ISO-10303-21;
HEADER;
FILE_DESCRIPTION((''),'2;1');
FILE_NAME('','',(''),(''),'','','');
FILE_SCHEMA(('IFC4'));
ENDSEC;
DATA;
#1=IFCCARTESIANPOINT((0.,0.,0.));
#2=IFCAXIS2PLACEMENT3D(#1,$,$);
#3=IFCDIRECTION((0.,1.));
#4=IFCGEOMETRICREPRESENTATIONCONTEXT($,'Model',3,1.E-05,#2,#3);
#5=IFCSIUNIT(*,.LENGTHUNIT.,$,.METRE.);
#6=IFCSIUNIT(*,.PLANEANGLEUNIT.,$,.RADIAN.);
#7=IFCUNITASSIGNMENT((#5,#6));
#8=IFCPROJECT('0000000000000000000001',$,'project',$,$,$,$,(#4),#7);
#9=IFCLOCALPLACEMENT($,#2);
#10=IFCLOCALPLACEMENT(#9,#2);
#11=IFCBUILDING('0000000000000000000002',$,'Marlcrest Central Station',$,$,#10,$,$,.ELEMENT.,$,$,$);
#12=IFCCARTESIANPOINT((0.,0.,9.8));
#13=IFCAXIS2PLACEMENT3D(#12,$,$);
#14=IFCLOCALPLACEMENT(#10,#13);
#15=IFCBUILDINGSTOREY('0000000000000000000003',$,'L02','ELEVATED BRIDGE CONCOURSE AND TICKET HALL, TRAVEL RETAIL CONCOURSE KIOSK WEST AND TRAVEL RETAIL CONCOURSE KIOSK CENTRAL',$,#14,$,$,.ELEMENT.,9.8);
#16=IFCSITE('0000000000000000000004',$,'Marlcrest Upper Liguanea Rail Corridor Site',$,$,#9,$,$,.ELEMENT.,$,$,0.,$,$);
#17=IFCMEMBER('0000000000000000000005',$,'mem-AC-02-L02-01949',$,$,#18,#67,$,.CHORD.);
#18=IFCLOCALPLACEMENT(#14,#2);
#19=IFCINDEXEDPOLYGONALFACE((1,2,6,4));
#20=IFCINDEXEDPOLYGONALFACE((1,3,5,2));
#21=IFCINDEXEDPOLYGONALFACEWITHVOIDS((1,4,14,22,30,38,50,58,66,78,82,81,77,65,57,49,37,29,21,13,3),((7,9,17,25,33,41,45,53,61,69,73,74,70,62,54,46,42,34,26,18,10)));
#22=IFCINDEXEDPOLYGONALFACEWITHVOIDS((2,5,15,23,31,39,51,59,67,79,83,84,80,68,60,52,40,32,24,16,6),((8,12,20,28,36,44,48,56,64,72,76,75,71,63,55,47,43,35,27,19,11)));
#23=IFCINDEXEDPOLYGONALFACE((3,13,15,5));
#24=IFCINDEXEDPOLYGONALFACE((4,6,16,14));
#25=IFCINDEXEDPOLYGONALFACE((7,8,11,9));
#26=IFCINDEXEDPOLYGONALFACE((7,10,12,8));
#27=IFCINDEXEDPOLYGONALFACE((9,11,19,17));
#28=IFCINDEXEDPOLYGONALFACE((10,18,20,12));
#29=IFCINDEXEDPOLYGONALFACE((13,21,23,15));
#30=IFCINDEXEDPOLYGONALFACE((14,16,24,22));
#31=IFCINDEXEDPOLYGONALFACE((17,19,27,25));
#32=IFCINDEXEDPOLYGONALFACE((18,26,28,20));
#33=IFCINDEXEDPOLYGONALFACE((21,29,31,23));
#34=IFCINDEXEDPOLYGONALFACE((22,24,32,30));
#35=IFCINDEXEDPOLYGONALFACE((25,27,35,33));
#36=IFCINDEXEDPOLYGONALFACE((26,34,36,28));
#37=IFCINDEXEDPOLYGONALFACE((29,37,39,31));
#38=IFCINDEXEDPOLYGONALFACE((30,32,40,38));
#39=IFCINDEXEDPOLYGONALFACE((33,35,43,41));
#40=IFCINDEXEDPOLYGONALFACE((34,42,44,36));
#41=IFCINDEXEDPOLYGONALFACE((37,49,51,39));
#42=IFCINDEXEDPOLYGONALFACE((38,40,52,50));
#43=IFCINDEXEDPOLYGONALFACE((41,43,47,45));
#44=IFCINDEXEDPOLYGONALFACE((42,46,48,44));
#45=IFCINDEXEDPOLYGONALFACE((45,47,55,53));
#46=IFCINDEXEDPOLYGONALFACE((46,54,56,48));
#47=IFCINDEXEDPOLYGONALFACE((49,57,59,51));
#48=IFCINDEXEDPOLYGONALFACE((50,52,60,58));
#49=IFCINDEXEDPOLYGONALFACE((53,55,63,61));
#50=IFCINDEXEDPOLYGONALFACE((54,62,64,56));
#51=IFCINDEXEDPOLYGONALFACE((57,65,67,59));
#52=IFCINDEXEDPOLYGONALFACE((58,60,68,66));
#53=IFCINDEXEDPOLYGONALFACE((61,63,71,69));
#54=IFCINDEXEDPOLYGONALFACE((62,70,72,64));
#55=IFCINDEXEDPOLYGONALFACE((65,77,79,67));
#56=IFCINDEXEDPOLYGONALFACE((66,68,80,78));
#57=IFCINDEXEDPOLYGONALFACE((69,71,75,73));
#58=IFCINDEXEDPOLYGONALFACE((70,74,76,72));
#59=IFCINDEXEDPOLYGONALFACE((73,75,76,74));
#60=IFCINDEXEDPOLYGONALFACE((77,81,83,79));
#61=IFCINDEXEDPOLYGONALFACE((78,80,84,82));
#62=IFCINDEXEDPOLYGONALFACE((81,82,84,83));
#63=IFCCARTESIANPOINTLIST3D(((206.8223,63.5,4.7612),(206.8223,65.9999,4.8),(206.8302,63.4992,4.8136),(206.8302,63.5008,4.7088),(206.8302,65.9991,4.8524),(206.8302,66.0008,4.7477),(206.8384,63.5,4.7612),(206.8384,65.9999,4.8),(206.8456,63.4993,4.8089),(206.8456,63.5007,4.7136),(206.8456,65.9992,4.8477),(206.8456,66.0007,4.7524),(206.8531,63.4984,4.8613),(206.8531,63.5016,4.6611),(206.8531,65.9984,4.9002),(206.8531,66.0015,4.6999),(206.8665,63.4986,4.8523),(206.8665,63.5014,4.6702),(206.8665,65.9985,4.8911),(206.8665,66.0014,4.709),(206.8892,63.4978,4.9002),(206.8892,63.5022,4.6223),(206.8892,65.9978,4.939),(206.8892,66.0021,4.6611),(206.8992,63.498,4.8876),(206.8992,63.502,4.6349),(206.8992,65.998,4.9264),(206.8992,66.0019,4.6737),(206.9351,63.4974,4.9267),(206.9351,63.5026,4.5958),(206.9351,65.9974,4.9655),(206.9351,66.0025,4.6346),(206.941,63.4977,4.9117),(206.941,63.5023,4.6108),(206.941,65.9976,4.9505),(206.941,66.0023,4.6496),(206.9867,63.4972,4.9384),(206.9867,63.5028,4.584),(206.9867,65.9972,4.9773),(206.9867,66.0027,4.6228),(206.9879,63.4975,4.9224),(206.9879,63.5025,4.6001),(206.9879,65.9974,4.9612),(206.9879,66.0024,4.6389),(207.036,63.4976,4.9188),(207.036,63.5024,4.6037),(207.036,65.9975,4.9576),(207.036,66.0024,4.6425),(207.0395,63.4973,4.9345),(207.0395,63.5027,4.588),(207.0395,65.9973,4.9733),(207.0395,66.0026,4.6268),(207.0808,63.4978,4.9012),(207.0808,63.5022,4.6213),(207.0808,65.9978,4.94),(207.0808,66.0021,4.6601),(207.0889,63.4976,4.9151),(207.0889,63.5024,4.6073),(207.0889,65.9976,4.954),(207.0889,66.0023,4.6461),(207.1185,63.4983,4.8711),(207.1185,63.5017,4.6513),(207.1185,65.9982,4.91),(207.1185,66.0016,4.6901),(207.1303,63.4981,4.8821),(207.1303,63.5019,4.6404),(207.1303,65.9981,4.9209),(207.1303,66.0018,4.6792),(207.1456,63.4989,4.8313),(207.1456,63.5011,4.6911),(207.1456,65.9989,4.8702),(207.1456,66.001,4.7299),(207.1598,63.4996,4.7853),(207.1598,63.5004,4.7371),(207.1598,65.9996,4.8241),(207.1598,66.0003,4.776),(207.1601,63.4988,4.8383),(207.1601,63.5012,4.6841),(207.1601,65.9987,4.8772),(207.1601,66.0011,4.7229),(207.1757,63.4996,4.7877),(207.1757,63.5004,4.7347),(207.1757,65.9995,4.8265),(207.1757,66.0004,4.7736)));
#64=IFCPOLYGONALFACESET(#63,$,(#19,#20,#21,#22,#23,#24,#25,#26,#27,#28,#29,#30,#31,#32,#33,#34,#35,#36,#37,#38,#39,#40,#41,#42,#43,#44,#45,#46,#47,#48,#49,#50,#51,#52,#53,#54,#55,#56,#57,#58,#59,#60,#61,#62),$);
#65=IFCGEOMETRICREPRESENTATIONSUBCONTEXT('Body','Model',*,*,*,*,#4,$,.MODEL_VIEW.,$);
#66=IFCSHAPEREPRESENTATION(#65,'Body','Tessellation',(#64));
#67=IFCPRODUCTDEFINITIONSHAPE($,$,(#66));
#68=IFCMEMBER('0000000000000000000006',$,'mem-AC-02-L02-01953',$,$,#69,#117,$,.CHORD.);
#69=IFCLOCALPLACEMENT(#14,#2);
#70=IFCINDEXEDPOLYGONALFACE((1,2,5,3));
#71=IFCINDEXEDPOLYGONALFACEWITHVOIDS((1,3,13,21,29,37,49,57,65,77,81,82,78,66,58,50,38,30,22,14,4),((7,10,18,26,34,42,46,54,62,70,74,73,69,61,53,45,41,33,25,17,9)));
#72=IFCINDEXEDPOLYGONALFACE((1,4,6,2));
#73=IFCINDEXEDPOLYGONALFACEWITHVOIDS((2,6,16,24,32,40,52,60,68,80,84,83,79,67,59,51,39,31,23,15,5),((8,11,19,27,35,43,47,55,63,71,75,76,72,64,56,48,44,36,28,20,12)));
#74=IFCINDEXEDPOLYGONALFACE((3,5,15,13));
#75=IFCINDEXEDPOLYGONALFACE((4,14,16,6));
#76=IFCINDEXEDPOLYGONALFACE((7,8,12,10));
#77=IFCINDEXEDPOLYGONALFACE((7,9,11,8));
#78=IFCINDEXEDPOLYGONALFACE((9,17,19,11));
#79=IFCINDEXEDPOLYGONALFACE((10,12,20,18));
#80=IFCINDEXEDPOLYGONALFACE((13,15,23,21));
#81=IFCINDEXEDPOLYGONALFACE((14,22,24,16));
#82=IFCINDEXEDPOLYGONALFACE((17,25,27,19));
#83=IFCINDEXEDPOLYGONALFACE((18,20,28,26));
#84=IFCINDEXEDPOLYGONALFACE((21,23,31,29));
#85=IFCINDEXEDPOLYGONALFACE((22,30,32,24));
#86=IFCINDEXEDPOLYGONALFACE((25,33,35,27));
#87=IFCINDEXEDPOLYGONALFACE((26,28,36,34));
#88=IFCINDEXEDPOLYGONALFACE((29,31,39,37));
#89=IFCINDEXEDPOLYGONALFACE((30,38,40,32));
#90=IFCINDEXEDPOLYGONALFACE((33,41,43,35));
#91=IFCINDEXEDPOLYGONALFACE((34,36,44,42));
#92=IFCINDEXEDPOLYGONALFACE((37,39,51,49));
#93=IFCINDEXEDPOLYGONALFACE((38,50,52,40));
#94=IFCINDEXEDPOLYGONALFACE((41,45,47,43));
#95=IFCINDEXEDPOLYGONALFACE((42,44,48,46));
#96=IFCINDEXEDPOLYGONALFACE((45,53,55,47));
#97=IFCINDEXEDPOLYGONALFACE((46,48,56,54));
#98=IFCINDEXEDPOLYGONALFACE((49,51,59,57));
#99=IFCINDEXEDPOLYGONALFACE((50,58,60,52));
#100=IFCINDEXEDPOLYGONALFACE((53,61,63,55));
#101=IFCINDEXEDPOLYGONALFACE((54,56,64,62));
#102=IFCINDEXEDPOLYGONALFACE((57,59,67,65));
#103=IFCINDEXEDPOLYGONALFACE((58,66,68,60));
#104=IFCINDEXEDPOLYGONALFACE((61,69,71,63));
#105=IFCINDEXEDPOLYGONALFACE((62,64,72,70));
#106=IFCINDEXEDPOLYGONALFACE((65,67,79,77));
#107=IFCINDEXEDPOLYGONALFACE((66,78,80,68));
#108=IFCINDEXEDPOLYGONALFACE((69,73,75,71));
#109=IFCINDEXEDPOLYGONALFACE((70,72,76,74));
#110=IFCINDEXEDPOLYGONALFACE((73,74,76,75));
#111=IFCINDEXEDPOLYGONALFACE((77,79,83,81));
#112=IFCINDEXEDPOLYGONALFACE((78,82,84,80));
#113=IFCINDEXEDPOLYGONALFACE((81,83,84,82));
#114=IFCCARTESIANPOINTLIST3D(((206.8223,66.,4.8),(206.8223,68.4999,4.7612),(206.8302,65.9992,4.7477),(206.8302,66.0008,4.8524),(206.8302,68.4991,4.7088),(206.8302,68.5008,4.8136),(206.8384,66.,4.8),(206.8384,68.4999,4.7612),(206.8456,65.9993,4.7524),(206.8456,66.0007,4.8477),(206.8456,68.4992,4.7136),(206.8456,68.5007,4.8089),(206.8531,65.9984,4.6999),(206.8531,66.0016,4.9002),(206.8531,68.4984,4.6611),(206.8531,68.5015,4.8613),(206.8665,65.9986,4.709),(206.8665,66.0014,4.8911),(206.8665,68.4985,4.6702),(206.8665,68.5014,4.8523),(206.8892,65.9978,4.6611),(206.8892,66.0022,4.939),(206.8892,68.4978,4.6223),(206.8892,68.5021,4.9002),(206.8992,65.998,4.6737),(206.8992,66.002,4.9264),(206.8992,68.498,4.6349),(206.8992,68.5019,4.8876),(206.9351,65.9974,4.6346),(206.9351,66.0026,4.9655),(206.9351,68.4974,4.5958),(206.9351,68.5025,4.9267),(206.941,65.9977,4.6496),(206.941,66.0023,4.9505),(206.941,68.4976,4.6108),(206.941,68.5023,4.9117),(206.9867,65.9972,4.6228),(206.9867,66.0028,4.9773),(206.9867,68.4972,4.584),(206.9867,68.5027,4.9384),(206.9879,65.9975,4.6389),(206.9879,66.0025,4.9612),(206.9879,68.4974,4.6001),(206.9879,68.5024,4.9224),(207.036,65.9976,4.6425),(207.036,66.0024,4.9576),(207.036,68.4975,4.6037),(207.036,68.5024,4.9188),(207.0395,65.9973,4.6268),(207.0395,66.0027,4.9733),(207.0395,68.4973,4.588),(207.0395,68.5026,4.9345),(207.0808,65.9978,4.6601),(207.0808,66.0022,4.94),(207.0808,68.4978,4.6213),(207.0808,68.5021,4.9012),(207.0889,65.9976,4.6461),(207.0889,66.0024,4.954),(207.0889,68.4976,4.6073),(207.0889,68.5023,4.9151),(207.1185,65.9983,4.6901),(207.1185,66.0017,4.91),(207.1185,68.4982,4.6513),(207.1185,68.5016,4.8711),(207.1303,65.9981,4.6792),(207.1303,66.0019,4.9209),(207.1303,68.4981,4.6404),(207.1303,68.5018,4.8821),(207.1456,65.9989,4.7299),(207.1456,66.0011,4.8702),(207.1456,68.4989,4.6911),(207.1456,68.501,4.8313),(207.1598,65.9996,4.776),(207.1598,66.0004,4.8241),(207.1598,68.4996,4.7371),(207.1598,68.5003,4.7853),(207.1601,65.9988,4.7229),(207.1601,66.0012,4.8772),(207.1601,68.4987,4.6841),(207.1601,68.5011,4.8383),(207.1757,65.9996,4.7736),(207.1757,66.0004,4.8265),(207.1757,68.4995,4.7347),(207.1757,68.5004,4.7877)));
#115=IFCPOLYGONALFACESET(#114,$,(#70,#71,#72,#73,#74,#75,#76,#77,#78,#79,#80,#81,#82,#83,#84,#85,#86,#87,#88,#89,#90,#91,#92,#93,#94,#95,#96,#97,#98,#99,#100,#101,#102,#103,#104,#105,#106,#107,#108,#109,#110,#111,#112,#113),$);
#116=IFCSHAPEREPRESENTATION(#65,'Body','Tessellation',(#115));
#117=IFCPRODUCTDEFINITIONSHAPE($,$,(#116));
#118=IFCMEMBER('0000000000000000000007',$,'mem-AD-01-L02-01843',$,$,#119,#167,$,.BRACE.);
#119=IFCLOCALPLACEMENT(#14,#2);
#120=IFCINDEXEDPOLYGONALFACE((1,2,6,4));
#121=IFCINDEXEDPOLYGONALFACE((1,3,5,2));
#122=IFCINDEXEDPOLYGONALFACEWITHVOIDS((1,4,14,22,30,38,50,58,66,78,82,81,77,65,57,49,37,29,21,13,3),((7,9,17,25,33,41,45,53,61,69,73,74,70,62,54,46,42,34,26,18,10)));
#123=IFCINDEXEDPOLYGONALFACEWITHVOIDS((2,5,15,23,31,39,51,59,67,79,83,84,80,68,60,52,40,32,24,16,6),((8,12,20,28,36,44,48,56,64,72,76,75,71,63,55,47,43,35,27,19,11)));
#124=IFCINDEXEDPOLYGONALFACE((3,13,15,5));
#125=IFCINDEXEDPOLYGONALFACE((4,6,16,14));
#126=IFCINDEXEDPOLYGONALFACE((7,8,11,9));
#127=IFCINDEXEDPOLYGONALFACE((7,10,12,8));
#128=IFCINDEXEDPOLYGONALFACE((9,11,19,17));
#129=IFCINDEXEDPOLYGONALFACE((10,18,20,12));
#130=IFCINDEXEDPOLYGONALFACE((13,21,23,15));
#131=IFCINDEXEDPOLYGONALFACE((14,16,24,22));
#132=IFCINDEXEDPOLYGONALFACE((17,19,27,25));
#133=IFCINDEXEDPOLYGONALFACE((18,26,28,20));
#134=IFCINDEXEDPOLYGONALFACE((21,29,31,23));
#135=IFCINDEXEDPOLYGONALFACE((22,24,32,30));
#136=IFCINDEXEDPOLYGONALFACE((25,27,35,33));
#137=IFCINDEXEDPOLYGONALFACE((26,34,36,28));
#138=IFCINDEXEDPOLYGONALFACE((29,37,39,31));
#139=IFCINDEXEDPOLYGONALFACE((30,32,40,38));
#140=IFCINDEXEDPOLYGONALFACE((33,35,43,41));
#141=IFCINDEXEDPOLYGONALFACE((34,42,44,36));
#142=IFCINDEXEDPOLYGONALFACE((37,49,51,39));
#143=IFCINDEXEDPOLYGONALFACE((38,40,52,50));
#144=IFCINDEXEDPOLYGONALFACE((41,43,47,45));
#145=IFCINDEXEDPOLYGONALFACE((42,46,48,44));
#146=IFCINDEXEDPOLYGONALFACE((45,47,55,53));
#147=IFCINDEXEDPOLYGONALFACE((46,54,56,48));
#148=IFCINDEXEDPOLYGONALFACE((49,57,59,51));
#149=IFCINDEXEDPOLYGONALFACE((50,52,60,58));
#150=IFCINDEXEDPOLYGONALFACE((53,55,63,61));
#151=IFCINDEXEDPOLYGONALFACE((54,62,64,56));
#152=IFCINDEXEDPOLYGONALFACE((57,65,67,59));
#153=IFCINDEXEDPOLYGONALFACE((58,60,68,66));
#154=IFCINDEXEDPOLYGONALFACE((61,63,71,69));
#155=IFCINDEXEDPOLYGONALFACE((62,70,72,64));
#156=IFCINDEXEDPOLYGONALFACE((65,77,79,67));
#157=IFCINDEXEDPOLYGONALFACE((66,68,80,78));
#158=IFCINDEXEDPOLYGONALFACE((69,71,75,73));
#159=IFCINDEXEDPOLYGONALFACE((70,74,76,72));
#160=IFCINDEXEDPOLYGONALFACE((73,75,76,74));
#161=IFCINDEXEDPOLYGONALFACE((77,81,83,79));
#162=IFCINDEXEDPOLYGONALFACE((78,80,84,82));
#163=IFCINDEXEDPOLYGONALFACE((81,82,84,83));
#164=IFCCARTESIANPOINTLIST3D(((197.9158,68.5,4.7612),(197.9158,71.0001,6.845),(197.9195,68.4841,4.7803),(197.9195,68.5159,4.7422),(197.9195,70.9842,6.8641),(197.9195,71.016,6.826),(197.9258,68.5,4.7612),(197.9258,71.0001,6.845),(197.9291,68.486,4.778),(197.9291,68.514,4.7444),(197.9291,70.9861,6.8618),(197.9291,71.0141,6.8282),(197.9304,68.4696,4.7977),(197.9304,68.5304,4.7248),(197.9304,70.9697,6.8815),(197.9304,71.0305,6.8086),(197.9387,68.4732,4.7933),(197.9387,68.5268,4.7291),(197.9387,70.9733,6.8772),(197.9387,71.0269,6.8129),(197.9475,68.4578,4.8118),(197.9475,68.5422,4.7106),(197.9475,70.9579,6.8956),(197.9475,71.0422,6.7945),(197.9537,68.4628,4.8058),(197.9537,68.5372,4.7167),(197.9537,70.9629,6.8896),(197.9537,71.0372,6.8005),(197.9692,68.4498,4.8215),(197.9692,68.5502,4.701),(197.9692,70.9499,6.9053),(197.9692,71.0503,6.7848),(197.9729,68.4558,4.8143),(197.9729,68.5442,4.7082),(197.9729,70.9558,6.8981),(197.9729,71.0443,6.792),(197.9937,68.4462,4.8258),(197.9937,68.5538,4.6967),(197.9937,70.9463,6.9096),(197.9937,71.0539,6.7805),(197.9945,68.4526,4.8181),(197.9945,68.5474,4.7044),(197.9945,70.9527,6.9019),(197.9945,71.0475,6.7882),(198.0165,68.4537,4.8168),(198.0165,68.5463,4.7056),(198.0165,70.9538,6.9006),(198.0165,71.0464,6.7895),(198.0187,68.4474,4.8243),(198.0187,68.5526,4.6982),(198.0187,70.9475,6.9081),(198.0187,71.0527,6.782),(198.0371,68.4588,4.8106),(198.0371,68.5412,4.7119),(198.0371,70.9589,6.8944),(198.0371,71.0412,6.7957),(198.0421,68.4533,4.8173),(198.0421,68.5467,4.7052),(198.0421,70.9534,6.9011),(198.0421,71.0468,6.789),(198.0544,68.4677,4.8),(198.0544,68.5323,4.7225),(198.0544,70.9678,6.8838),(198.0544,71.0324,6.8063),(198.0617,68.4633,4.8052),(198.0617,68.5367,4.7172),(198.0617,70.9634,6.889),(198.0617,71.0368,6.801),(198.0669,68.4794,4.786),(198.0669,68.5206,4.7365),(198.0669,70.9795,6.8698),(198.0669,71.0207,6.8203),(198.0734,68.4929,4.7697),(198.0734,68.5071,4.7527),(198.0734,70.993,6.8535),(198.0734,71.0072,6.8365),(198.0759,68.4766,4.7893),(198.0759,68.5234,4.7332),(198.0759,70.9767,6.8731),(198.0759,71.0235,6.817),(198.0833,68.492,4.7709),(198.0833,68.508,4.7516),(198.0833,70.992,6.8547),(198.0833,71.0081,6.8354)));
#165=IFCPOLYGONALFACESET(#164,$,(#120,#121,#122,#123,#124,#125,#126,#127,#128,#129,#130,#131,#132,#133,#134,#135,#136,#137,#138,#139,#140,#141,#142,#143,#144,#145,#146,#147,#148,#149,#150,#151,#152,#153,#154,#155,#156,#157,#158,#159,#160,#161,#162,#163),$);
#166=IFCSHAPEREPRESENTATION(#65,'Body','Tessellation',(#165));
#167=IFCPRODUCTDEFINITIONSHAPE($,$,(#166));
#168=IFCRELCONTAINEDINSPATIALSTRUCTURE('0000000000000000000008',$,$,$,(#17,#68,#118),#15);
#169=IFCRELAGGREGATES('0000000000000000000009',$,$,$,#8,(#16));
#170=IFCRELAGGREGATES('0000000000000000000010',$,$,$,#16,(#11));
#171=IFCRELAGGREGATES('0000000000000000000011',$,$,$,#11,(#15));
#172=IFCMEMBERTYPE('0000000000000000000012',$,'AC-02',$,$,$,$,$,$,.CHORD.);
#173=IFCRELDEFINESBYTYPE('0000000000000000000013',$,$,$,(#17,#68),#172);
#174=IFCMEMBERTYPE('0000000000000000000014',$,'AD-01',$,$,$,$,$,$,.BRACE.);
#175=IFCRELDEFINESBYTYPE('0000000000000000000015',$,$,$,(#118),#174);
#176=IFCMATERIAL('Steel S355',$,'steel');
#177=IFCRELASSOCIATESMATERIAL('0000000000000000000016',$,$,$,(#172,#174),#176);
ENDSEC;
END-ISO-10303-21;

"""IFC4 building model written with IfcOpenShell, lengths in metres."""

from ifc_helpers import new_model, si_unit, direction, frame, origin, origin_2d, place, context, subcontext, project, spatial, hollow_circle, extrude, material, material_profile, profile_set, type_object, element, save


model = new_model("IFC4")

# Units and contexts
model_context = context("Model", 3, precision=1e-05, world=origin(), true_north=direction((0.0, 1.0)))
body_context = subcontext(model_context, "Body", "Model", "MODEL_VIEW")
ifc_project = project(units=[si_unit("LENGTHUNIT", "METRE"), si_unit("PLANEANGLEUNIT", "RADIAN")], contexts=[model_context])

# Site, building, storey
site_placement = place(None, origin())
site = spatial("IfcSite", under=ifc_project, at=site_placement, Name="Marlcrest Upper Liguanea Rail Corridor Site", CompositionType="ELEMENT", RefElevation=0.0)
building_placement = place(site_placement, origin())
building = spatial("IfcBuilding", under=site, at=building_placement, Name="Marlcrest Central Station", CompositionType="ELEMENT")
storey_placement = place(building_placement, frame((0.0, 0.0, 9.8)))
storey = spatial("IfcBuildingStorey", under=building, at=storey_placement, Name="L02", Description="ELEVATED BRIDGE CONCOURSE AND TICKET HALL, TRAVEL RETAIL CONCOURSE KIOSK WEST AND TRAVEL RETAIL CONCOURSE KIOSK CENTRAL", CompositionType="ELEMENT", Elevation=9.8)

# Members
ifc_material = material(Name="Steel S355", Category="steel")
ifc_material_profile_1 = material_profile(ifc_material, hollow_circle(Radius=0.1777, WallThickness=0.0161, at=origin_2d()), Name="CHS 355.6x16")
ifc_profile_set_1 = profile_set([ifc_material_profile_1], Name="Steel S355")
member_type_1 = type_object("IfcMemberType", Name="AC-02", PredefinedType="CHORD", material=ifc_profile_set_1)
for number, where, z_axis, x_axis, name in (
    (1, (207.0, 63.5, 4.7612), (0.0, 0.999879, 0.015525), (-1.0, 0.0, 0.0), "mem-AC-02-L02-01949"),
    (2, (207.0, 66.0, 4.8), (0.0, 0.999879, -0.015525), (-1.0, 0.0, 0.0), "mem-AC-02-L02-01953"),
):
    element("IfcMember", number, at=place(storey_placement, frame(where, z_axis=z_axis, x_axis=x_axis)), inside=storey, type_object=member_type_1, Name=name, PredefinedType="CHORD", context=body_context, shape_type="SweptSolid", body=[
        extrude(hollow_circle(Radius=0.1777, WallThickness=0.0161, at=origin_2d()), origin(), (0.0, 0.0, 1.0), 2.5002),
    ])
ifc_material_profile_2 = material_profile(ifc_material, hollow_circle(Radius=0.0842, WallThickness=0.01, at=origin_2d()), Name="CHS 168.3x10")
ifc_profile_set_2 = profile_set([ifc_material_profile_2], Name="Steel S355")
member_type_2 = type_object("IfcMemberType", Name="AD-01", PredefinedType="BRACE", material=ifc_profile_set_2)
member_placement = place(storey_placement, frame((198.0, 68.5, 4.7612), z_axis=(0.0, 0.76816, 0.640258), x_axis=(-1.0, 0.0, 0.0)))
element("IfcMember", 3, at=member_placement, inside=storey, type_object=member_type_2, Name="mem-AD-01-L02-01843", PredefinedType="BRACE", context=body_context, shape_type="SweptSolid", body=[
    extrude(hollow_circle(Radius=0.0842, WallThickness=0.01, at=origin_2d()), origin(), (0.0, 0.0, 1.0), 3.2546),
])

save(model, "model.ifc")
